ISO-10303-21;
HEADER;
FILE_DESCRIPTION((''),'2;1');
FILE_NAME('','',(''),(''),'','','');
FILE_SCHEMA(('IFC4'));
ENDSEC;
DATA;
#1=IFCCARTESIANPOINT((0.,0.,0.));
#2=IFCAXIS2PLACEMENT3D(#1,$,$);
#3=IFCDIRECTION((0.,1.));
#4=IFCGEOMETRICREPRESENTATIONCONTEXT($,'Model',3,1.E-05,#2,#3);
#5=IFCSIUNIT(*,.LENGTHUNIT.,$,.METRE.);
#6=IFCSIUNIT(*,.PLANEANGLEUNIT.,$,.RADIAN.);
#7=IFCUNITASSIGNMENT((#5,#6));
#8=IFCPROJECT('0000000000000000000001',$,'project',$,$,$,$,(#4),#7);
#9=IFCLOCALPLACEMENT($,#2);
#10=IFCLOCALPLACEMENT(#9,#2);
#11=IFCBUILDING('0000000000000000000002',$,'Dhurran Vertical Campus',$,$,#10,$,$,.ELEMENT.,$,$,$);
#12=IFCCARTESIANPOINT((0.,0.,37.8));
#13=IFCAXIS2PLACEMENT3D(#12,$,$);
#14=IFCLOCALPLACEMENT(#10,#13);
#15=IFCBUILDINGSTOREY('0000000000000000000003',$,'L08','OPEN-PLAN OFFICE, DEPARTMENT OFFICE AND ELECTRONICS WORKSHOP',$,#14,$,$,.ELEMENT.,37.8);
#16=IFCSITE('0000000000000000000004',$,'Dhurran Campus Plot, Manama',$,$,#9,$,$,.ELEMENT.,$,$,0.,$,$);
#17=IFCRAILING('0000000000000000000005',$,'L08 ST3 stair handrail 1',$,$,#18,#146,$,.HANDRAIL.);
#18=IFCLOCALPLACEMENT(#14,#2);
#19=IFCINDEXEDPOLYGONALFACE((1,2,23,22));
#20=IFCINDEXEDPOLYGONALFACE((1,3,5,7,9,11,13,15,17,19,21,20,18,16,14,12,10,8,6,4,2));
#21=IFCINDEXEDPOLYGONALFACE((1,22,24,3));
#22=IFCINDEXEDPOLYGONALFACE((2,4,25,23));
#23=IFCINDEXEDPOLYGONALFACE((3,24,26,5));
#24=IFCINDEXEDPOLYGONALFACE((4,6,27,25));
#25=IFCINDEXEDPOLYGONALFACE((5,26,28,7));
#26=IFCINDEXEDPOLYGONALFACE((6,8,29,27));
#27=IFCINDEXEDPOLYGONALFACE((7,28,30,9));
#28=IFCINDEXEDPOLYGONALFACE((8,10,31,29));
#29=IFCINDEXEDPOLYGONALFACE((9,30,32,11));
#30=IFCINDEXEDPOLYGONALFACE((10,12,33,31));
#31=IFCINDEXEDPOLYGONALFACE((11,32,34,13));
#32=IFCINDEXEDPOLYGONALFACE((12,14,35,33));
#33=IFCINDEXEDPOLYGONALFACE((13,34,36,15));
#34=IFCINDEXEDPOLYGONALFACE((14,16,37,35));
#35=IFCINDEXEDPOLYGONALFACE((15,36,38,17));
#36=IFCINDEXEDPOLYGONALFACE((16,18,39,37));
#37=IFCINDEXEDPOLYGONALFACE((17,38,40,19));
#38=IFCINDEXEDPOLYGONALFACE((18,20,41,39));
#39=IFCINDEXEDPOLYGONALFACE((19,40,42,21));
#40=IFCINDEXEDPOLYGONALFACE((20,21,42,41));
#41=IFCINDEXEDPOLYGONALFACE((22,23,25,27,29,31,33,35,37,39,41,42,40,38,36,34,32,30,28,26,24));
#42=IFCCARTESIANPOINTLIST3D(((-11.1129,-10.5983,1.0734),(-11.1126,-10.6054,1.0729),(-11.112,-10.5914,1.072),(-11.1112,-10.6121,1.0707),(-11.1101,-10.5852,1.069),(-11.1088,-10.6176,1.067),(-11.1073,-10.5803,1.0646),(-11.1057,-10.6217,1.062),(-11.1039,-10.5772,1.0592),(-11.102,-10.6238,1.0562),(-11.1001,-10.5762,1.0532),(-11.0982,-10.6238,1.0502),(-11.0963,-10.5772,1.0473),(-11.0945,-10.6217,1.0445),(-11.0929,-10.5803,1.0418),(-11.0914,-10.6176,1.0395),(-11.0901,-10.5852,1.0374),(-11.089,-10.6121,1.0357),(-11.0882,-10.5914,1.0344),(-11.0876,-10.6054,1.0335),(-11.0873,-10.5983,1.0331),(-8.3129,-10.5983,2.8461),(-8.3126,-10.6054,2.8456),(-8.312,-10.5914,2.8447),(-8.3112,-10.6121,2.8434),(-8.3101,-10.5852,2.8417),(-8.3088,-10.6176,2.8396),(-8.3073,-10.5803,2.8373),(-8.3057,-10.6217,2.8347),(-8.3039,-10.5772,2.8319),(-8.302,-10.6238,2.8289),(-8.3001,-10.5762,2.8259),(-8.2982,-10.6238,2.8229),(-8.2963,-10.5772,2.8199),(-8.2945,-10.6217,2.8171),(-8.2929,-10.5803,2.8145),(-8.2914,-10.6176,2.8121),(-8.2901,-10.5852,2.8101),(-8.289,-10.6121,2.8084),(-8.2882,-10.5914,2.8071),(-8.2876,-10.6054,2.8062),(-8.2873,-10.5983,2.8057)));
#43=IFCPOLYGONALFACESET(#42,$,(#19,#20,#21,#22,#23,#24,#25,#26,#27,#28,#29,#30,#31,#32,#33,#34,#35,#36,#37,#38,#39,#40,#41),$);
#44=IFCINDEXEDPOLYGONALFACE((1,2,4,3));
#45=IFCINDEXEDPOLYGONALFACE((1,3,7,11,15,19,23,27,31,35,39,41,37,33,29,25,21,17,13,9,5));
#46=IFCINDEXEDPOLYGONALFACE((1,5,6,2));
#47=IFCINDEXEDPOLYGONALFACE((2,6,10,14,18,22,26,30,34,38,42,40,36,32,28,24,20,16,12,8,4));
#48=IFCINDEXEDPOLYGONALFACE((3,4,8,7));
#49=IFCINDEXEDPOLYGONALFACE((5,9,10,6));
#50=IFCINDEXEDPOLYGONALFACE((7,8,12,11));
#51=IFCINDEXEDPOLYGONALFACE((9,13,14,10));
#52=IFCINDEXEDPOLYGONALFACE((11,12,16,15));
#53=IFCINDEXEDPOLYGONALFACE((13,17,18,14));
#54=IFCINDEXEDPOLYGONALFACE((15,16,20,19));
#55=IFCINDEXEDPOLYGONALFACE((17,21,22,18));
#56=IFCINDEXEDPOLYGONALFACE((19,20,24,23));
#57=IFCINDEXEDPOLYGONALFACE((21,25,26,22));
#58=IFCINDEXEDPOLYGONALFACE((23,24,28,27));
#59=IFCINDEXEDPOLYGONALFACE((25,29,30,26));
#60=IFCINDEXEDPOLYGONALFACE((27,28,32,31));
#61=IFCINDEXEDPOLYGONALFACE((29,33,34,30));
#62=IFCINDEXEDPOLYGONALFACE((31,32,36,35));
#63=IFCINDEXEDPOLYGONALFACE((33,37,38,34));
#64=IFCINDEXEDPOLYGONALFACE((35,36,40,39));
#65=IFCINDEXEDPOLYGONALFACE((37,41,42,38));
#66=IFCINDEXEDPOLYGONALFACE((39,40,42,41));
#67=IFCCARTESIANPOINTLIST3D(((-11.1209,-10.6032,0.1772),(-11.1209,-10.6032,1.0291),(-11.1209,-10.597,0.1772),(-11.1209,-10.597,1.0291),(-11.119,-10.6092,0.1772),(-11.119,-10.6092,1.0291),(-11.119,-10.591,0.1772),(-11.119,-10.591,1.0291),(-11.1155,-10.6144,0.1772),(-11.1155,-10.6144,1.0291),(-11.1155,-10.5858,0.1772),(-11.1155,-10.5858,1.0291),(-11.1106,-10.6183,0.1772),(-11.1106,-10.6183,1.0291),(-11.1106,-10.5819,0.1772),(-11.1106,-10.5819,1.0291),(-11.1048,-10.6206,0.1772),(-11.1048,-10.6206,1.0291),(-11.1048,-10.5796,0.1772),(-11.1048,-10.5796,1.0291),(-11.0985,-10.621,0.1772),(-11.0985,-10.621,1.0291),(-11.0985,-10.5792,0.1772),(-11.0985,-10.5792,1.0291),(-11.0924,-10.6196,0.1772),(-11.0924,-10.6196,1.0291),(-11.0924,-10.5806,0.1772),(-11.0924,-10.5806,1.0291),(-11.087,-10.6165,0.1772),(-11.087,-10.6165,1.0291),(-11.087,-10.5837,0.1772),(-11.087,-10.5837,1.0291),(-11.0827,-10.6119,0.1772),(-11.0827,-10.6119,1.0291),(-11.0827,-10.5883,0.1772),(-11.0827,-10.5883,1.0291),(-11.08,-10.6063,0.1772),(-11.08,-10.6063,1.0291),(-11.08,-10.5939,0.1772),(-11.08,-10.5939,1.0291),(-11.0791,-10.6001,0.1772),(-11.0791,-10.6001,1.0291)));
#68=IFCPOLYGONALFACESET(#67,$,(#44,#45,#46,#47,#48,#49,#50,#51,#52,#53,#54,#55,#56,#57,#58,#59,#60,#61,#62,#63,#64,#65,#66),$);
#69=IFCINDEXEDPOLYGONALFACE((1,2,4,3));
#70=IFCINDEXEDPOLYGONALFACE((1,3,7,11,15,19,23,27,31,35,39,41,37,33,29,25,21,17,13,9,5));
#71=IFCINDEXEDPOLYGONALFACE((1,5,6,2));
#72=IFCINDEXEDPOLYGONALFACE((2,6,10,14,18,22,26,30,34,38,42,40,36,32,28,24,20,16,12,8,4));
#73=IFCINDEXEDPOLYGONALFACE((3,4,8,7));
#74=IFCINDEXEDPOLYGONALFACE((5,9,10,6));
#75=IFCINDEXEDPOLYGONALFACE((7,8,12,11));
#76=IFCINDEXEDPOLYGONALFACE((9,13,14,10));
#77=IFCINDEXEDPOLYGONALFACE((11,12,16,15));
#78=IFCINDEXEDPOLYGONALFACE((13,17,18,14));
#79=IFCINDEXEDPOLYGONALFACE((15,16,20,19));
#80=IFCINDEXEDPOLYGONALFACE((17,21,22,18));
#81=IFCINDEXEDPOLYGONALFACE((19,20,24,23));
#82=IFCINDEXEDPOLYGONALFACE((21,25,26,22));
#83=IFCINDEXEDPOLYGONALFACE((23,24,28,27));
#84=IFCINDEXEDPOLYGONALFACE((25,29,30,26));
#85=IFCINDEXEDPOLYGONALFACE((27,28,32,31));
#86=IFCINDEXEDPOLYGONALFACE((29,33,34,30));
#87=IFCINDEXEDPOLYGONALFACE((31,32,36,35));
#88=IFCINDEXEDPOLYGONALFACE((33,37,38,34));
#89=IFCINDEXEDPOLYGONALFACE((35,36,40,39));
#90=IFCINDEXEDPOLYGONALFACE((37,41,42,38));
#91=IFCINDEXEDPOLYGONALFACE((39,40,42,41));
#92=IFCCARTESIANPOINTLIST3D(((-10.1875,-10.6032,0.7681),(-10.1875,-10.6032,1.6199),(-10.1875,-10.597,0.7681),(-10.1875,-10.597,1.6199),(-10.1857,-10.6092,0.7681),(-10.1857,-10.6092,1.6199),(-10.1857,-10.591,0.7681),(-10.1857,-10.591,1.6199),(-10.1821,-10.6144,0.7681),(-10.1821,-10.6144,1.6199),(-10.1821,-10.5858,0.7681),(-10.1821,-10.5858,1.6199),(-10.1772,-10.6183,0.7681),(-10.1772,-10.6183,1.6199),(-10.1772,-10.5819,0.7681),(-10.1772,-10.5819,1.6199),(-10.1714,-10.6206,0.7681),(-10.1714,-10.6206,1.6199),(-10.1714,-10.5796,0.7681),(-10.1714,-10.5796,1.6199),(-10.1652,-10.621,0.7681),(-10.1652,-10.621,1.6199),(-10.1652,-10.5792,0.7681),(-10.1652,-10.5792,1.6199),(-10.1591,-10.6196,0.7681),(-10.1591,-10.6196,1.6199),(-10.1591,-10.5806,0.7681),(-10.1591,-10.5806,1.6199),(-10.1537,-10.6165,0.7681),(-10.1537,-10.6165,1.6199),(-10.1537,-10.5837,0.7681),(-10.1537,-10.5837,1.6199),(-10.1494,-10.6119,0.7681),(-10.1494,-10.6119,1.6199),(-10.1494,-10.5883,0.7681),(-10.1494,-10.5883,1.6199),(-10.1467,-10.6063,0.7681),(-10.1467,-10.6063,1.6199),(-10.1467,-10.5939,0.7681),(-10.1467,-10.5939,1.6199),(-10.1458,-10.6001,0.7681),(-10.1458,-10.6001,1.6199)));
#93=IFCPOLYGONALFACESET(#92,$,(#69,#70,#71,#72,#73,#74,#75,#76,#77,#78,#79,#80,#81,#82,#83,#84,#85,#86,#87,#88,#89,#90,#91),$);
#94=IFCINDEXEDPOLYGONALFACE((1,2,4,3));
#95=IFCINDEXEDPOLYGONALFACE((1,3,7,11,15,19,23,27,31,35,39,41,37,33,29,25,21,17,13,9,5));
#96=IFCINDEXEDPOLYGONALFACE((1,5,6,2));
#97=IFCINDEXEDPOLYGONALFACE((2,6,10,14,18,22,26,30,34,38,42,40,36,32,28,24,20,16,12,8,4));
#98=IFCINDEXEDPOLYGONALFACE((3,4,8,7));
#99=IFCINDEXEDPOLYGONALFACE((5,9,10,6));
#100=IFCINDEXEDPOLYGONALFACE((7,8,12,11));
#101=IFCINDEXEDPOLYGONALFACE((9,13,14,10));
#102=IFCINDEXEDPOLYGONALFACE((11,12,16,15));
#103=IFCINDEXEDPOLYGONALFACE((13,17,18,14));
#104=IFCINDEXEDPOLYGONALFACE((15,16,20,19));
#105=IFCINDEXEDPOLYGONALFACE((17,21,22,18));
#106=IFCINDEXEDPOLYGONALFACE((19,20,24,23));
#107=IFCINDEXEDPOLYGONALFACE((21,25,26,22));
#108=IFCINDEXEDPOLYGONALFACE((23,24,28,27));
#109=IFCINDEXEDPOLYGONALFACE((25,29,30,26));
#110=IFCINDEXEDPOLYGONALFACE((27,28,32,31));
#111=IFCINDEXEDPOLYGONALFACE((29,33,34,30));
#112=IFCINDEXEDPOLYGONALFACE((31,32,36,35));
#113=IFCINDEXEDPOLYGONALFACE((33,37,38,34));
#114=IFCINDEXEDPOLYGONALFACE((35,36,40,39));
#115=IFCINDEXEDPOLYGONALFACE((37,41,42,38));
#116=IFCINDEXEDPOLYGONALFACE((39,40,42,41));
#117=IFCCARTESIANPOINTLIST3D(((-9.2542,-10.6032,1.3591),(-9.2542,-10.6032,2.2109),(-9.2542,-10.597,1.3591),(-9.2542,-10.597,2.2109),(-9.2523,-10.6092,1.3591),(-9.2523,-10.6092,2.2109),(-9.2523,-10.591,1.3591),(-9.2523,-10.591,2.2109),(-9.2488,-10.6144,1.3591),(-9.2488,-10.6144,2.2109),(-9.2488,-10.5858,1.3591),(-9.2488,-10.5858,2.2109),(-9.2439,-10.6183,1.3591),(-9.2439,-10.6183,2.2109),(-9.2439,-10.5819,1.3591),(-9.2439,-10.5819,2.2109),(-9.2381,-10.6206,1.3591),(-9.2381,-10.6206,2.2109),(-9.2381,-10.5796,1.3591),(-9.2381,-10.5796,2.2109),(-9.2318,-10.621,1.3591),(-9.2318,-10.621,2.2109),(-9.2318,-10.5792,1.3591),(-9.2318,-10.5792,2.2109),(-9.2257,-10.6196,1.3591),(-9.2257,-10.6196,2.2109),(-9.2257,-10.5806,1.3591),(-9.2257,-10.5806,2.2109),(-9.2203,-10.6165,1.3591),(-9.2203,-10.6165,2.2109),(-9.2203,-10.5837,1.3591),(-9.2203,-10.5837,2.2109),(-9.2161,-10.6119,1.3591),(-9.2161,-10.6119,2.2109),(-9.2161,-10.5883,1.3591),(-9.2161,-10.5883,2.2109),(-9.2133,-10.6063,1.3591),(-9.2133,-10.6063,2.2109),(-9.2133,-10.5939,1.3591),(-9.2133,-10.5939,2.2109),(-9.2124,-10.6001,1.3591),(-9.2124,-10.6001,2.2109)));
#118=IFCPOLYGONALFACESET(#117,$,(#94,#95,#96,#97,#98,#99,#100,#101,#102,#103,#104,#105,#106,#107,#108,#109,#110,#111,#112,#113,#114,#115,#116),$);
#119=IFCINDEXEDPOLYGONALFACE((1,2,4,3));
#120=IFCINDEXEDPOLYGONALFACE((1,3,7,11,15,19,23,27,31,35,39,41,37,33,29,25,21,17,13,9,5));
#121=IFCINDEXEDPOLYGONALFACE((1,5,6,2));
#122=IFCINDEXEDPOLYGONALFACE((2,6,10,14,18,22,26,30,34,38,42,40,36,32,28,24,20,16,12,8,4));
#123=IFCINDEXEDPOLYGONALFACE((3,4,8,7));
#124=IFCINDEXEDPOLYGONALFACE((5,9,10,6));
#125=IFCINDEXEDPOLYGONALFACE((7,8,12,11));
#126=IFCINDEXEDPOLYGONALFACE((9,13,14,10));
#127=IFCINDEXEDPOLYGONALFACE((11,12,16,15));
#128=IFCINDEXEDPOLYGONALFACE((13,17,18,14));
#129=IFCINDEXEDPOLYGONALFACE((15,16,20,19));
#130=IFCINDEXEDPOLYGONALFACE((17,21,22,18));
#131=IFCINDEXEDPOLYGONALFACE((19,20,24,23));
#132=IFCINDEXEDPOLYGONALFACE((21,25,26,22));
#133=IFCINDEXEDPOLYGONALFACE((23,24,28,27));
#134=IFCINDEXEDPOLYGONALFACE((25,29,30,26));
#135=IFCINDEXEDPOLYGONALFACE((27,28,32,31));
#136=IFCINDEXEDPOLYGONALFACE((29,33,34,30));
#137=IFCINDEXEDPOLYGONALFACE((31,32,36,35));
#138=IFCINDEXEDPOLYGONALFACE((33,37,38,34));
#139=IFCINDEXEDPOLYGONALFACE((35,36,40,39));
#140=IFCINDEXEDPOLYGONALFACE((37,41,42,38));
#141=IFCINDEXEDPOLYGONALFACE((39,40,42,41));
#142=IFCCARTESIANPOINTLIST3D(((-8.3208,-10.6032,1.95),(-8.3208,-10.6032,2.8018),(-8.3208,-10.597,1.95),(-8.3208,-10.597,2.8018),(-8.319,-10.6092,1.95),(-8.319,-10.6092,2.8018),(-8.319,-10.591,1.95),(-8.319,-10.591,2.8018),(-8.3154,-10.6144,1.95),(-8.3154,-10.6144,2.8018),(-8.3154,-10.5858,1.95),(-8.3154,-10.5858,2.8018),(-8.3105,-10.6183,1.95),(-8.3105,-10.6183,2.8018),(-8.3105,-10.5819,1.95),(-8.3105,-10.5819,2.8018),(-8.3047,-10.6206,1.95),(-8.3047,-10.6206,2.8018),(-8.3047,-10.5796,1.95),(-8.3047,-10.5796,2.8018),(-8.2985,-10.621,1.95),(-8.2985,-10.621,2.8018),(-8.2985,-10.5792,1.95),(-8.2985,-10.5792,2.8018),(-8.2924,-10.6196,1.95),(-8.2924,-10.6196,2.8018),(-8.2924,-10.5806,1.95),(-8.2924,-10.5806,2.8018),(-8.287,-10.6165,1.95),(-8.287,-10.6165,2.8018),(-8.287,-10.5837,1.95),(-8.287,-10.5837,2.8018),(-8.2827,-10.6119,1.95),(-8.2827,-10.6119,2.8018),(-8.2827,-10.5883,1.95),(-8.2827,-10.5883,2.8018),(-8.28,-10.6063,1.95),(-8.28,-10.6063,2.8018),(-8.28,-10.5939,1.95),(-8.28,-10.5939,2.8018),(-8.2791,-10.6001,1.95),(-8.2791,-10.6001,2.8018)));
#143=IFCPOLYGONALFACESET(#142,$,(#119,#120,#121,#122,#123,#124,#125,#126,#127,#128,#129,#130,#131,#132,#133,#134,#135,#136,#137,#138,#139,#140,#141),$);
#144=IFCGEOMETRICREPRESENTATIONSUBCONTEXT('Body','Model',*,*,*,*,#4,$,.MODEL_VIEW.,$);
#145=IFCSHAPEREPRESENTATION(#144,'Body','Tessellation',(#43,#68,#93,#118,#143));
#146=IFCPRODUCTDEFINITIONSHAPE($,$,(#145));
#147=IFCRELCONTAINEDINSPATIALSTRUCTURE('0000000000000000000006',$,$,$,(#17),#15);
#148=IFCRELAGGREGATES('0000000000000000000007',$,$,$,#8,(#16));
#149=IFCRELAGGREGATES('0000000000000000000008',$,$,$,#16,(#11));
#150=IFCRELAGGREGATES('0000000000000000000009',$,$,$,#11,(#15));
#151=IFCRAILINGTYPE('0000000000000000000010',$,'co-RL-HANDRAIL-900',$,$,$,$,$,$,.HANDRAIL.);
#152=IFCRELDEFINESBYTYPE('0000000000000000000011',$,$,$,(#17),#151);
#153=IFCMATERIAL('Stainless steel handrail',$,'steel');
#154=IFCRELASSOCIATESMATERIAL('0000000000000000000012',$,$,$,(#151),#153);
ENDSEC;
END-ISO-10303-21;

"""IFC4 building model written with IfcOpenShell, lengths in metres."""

from ifc_helpers import new_model, si_unit, direction, frame, origin, origin_2d, place, context, subcontext, project, spatial, circle, extrude, material, type_object, element, save


model = new_model("IFC4")

# Units and contexts
model_context = context("Model", 3, precision=1e-05, world=origin(), true_north=direction((0.0, 1.0)))
body_context = subcontext(model_context, "Body", "Model", "MODEL_VIEW")
ifc_project = project(units=[si_unit("LENGTHUNIT", "METRE"), si_unit("PLANEANGLEUNIT", "RADIAN")], contexts=[model_context])

# Site, building, storey
site_placement = place(None, origin())
site = spatial("IfcSite", under=ifc_project, at=site_placement, Name="Dhurran Campus Plot, Manama", CompositionType="ELEMENT", RefElevation=0.0)
building_placement = place(site_placement, origin())
building = spatial("IfcBuilding", under=site, at=building_placement, Name="Dhurran Vertical Campus", CompositionType="ELEMENT")
storey_placement = place(building_placement, frame((0.0, 0.0, 37.8)))
storey = spatial("IfcBuildingStorey", under=building, at=storey_placement, Name="L08", Description="OPEN-PLAN OFFICE, DEPARTMENT OFFICE AND ELECTRONICS WORKSHOP", CompositionType="ELEMENT", Elevation=37.8)

# Railing
ifc_material_1 = material(Name="Stainless steel handrail", Category="steel")
railing_type_1 = type_object("IfcRailingType", Name="co-RL-HANDRAIL-900", PredefinedType="HANDRAIL", material=ifc_material_1)
railing_1_placement = place(storey_placement, frame((-11.1001, -10.6001, 0.1772)))
element("IfcRailing", 1, at=railing_1_placement, inside=storey, type_object=railing_type_1, Name="L08 ST3 stair handrail 1", PredefinedType="HANDRAIL", context=body_context, shape_type="SweptSolid", body=[
    extrude(circle(Radius=0.0239, at=origin_2d()), frame((0.0, 0.0, 0.876), z_axis=(0.844909, 0.0, 0.53491), x_axis=(0.0, 1.0, 0.0)), (0.0, 0.0, 1.0), 3.314),
    extrude(circle(Radius=0.021, at=origin_2d()), origin(), (0.0, 0.0, 1.0), 0.8518),
    extrude(circle(Radius=0.021, at=origin_2d()), frame((0.9333, 0.0, 0.5908)), (0.0, 0.0, 1.0), 0.8518),
    extrude(circle(Radius=0.021, at=origin_2d()), frame((1.8667, 0.0, 1.1819)), (0.0, 0.0, 1.0), 0.8518),
    extrude(circle(Radius=0.021, at=origin_2d()), frame((2.8, 0.0, 1.7727)), (0.0, 0.0, 1.0), 0.8518),
])

save(model, "model.ifc")
